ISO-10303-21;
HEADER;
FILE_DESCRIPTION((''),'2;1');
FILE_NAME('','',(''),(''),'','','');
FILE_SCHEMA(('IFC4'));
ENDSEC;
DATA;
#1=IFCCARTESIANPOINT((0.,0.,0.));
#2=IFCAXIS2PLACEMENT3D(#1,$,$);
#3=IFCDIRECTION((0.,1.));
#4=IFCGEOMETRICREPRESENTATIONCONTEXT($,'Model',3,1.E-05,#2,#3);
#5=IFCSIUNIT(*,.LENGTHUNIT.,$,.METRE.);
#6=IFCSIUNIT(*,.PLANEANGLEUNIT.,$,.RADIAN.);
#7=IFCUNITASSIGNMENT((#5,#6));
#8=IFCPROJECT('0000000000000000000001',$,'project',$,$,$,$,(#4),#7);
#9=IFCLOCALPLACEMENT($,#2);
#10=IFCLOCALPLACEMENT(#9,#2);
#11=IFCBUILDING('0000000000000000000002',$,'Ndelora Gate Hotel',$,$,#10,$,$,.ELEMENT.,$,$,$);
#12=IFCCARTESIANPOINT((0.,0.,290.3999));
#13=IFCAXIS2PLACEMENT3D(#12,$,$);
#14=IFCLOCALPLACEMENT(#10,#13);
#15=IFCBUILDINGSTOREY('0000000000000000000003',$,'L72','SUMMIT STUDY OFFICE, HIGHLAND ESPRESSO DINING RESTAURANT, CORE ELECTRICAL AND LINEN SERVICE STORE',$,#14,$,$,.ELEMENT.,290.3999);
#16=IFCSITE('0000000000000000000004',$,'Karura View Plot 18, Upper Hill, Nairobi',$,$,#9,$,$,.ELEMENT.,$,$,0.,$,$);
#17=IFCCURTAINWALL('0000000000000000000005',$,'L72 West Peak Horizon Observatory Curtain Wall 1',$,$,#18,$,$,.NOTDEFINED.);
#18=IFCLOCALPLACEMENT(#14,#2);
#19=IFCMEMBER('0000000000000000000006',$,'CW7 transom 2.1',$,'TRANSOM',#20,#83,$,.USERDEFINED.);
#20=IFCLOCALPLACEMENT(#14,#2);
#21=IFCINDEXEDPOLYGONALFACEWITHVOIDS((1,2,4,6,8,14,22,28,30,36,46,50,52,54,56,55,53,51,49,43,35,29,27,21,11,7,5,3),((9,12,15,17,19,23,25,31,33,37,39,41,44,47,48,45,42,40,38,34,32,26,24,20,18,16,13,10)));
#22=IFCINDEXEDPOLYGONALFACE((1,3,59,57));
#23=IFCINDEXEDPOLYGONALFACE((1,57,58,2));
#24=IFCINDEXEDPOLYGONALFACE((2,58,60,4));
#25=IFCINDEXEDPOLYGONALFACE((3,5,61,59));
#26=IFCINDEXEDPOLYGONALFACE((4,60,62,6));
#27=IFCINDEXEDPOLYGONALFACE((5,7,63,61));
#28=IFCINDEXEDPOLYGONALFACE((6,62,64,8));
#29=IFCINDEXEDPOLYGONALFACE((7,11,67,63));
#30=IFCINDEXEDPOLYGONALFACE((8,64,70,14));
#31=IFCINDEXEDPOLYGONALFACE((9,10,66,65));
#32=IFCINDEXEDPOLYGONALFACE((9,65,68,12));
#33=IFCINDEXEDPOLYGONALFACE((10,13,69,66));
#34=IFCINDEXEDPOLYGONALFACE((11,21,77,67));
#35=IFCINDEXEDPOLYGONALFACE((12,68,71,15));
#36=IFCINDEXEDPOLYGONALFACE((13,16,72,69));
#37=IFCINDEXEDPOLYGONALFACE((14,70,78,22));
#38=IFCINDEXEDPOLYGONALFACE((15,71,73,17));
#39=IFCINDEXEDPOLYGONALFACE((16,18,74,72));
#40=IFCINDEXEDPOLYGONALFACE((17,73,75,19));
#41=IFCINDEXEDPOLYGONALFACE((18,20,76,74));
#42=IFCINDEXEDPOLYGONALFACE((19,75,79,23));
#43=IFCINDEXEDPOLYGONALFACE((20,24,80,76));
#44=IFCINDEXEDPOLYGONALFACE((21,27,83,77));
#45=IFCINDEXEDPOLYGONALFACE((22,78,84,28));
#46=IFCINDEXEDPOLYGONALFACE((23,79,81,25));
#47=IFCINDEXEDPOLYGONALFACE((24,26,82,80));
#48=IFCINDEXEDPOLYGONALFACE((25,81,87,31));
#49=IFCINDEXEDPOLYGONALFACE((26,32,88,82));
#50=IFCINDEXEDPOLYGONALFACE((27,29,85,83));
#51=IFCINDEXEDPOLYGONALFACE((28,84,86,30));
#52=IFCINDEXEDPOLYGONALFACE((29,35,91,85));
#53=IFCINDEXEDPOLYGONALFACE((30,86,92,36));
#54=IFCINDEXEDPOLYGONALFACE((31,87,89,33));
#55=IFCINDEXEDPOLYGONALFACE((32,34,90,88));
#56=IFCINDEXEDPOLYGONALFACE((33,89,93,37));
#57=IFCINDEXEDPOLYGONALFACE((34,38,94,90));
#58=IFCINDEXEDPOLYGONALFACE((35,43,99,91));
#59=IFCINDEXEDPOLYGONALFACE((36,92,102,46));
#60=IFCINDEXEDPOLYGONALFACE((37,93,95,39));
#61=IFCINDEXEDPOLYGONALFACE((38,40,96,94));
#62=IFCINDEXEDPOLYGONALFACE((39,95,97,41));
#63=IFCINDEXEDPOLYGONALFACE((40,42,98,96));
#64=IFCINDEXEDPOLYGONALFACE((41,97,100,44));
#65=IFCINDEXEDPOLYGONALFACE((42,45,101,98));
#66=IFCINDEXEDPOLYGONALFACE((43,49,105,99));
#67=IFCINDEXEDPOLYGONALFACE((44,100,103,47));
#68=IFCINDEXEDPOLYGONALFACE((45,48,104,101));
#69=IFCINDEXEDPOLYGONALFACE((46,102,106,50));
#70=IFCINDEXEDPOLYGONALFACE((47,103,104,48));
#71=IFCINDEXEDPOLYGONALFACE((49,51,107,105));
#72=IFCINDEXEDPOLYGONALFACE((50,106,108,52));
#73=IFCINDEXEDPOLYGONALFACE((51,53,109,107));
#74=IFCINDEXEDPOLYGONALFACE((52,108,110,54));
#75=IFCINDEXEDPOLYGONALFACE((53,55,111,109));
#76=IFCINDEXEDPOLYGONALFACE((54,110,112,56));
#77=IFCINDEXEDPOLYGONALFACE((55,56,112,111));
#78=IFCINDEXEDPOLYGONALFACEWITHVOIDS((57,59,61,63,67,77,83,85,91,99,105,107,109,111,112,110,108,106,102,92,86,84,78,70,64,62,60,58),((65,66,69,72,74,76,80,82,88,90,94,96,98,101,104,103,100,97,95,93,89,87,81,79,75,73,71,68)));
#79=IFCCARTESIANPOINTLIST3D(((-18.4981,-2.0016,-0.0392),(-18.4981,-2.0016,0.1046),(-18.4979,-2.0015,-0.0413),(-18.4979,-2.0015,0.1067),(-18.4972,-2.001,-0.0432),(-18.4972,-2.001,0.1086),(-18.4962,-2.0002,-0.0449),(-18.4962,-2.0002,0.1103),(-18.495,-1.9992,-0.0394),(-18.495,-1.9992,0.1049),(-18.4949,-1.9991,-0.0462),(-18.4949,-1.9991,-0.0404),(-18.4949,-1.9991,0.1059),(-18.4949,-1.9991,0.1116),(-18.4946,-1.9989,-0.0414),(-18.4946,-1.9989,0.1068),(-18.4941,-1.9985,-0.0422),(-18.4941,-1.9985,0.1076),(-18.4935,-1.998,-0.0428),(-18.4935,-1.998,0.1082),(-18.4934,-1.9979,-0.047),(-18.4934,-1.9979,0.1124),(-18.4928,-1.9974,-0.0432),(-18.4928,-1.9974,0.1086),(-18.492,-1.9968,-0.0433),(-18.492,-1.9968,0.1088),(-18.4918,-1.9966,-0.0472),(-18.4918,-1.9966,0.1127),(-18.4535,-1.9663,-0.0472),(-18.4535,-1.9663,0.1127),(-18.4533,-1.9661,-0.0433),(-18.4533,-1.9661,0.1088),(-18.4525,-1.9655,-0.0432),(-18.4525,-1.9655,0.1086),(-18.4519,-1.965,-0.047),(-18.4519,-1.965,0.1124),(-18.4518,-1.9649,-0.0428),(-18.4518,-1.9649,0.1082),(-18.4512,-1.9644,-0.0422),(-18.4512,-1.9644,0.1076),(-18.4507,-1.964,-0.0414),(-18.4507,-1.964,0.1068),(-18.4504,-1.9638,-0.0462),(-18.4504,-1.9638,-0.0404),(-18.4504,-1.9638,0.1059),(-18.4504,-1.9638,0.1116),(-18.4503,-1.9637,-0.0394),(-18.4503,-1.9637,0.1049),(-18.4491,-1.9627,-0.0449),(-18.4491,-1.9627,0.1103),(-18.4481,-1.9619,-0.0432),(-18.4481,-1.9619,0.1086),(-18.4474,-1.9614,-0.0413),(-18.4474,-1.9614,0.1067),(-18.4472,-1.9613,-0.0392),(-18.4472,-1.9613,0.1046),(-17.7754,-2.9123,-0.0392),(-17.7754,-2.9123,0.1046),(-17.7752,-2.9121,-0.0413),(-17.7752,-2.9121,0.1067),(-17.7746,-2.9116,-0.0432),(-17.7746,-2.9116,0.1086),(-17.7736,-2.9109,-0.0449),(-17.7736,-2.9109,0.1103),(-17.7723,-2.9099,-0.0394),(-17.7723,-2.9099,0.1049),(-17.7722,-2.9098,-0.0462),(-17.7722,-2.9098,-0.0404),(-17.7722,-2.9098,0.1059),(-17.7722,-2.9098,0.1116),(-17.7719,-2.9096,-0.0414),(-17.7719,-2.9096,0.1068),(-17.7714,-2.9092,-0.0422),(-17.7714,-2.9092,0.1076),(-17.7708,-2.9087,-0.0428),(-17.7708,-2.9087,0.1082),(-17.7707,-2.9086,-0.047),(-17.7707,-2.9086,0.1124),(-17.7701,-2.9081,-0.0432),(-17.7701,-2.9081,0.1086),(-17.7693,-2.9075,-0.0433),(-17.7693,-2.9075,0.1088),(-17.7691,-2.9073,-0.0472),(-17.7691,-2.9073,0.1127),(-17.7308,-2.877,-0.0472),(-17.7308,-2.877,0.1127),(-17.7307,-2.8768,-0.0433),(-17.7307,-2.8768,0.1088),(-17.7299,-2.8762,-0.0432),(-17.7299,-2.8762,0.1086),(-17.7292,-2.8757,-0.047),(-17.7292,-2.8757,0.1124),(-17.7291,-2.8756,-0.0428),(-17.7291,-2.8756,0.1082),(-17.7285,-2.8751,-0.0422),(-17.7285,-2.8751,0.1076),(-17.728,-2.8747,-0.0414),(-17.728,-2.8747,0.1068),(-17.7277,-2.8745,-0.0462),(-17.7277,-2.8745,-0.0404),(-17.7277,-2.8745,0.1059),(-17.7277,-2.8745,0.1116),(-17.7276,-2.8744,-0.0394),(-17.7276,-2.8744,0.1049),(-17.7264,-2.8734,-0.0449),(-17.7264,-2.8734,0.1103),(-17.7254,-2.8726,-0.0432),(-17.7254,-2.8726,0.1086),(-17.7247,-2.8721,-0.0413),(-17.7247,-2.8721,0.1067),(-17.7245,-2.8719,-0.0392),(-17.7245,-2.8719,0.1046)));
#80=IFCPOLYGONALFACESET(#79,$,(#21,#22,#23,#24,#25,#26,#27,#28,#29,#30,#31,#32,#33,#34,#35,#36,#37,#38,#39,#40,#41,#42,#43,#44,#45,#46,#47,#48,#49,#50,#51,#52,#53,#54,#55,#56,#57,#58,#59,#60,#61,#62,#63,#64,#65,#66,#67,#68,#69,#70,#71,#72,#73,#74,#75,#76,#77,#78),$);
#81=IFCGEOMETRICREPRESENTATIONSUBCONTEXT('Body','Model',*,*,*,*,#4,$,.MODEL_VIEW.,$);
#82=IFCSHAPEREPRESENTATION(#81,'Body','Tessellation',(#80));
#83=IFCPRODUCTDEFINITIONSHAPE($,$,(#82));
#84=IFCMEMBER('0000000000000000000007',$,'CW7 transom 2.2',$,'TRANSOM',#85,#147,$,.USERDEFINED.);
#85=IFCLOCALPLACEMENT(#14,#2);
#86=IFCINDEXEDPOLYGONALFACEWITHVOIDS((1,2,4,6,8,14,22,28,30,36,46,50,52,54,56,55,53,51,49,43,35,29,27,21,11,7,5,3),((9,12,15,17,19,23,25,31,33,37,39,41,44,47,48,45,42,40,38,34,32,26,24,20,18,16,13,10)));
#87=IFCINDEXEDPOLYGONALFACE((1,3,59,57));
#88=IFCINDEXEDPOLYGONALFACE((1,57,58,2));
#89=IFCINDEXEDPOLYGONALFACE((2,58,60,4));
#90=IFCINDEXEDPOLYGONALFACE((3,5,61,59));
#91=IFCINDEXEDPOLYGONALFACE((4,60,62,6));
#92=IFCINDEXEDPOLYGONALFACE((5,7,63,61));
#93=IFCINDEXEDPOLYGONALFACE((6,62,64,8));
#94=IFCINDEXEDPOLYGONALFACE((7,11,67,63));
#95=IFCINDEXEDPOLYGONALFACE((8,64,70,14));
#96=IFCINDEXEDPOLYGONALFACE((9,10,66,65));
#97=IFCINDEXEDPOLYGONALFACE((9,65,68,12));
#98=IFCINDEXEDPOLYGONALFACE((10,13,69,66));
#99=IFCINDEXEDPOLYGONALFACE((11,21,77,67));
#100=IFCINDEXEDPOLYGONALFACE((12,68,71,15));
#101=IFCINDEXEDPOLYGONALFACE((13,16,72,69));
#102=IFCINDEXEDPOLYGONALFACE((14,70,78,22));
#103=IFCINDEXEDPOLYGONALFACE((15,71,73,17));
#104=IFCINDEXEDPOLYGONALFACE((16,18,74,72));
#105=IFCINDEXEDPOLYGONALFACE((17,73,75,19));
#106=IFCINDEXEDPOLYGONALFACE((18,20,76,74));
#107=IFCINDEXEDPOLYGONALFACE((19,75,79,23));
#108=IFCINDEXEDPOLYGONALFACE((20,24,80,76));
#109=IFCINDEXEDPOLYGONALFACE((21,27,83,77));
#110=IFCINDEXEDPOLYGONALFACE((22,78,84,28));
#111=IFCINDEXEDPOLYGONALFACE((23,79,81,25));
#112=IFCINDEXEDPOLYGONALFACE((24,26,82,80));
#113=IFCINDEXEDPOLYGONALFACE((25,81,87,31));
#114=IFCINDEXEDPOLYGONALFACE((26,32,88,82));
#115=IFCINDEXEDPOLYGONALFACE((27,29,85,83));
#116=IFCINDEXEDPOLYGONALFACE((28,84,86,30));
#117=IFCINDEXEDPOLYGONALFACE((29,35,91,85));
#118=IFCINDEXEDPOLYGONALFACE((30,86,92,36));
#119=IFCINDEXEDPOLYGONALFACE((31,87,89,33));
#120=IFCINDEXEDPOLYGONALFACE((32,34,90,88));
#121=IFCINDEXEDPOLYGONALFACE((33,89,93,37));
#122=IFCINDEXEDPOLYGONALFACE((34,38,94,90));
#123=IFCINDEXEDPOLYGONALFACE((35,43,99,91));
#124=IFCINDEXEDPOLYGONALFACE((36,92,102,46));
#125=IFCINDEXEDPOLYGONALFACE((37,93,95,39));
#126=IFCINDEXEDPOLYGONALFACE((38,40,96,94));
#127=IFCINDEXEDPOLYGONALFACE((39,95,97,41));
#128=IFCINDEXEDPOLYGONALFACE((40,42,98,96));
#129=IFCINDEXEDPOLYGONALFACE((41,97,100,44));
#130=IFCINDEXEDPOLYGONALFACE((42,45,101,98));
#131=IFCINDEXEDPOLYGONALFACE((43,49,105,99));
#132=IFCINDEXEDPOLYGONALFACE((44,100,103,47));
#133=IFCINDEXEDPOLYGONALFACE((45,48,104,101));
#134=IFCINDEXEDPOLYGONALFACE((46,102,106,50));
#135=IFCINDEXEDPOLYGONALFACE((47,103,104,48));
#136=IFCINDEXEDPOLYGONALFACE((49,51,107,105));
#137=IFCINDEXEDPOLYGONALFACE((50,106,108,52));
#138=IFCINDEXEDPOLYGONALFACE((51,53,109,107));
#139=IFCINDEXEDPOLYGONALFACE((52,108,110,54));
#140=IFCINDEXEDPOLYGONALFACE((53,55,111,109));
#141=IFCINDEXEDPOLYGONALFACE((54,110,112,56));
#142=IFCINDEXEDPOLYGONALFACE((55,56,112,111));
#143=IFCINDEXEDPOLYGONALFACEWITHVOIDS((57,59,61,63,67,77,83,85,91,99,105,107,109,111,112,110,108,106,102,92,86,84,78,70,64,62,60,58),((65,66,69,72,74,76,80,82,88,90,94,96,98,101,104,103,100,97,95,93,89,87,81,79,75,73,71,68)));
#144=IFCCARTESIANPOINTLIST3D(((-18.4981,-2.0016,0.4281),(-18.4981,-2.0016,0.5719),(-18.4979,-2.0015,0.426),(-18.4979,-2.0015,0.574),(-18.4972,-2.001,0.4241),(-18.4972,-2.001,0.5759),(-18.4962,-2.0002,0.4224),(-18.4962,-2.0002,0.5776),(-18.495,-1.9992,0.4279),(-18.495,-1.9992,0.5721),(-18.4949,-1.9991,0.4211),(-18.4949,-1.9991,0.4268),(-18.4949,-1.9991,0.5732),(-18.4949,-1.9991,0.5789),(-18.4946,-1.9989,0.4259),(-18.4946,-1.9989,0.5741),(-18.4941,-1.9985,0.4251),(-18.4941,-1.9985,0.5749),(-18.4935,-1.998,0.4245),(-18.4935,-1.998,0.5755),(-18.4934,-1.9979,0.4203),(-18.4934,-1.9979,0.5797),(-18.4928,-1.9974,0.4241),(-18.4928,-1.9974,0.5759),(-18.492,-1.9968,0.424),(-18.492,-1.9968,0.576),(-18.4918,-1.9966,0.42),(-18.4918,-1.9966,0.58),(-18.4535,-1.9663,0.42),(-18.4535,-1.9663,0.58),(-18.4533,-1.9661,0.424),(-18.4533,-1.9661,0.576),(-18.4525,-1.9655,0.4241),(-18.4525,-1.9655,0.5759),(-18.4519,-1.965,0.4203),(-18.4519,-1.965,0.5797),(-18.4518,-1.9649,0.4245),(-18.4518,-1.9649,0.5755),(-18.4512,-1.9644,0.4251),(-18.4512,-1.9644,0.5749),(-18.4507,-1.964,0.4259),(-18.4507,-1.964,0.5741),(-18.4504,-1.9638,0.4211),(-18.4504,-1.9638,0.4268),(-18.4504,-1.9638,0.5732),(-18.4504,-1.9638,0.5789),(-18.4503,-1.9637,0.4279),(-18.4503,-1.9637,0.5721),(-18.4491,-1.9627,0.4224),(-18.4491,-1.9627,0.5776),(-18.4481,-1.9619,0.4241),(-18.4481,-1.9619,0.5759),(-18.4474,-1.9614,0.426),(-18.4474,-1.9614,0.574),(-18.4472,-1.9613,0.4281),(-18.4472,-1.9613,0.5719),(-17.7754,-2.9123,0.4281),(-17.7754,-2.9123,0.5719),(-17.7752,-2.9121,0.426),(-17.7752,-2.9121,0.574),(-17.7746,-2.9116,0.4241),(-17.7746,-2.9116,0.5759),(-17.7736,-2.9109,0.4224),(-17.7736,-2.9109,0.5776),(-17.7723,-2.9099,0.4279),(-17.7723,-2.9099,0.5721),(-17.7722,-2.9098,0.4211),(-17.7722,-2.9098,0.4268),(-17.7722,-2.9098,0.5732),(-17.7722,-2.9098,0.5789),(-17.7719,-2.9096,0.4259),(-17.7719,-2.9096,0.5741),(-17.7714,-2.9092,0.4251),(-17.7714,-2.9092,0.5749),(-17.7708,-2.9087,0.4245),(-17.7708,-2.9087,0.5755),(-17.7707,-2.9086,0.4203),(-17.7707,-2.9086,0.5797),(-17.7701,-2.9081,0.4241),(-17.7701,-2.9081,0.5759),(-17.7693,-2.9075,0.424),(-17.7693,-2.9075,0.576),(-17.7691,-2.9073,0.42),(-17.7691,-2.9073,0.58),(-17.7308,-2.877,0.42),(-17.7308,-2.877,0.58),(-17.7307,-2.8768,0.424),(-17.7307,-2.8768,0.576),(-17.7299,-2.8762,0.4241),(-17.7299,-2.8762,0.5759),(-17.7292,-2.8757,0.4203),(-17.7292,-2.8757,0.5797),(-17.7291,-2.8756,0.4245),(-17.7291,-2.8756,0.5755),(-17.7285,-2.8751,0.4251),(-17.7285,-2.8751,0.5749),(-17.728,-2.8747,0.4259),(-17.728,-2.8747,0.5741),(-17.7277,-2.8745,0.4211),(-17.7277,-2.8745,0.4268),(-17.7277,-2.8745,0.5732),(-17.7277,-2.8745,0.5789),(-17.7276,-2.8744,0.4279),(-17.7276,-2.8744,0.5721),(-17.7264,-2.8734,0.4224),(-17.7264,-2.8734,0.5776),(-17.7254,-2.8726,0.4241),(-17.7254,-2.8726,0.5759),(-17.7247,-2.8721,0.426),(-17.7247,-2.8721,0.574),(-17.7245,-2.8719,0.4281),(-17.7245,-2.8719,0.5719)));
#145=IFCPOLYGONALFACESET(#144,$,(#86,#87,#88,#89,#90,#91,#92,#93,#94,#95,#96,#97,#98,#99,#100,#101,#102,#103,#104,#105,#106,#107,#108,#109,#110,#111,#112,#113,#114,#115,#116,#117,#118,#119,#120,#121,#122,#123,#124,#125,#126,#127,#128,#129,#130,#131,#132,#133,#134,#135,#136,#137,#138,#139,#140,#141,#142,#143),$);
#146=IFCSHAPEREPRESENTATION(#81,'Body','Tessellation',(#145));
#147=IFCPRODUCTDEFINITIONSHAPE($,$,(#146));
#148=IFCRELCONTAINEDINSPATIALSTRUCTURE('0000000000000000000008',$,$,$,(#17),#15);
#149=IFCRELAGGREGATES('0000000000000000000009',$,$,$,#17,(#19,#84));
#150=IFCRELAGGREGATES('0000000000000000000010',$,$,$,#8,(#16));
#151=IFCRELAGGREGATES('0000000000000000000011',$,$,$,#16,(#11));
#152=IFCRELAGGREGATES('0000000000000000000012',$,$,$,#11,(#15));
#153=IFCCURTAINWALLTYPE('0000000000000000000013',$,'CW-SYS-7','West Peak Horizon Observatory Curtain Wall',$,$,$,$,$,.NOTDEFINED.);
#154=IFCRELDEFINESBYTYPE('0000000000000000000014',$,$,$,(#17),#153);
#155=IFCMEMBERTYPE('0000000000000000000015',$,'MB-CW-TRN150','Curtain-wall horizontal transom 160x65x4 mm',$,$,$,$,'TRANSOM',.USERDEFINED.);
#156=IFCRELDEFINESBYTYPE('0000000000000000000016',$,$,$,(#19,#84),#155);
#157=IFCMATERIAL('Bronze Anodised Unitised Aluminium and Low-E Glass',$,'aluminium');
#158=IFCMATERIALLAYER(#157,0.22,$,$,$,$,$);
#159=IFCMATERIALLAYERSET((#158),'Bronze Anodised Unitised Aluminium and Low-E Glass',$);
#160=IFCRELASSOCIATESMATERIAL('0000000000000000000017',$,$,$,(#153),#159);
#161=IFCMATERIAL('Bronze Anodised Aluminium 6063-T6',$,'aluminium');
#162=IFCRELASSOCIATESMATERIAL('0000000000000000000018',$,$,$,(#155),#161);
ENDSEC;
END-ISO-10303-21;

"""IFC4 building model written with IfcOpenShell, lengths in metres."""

from ifc_helpers import new_model, si_unit, direction, frame, origin, origin_2d, place, context, subcontext, project, spatial, hollow_rectangle, extrude, material, layer, layer_set, material_profile, profile_set, type_object, element, aggregate, save


model = new_model("IFC4")

# Units and contexts
model_context = context("Model", 3, precision=1e-05, world=origin(), true_north=direction((0.0, 1.0)))
body_context = subcontext(model_context, "Body", "Model", "MODEL_VIEW")
ifc_project = project(units=[si_unit("LENGTHUNIT", "METRE"), si_unit("PLANEANGLEUNIT", "RADIAN")], contexts=[model_context])

# Site, building, storey
site_placement = place(None, origin())
site = spatial("IfcSite", under=ifc_project, at=site_placement, Name="Karura View Plot 18, Upper Hill, Nairobi", CompositionType="ELEMENT", RefElevation=0.0)
building_placement = place(site_placement, origin())
building = spatial("IfcBuilding", under=site, at=building_placement, Name="Ndelora Gate Hotel", CompositionType="ELEMENT")
storey_placement = place(building_placement, frame((0.0, 0.0, 290.3999)))
storey = spatial("IfcBuildingStorey", under=building, at=storey_placement, Name="L72", Description="SUMMIT STUDY OFFICE, HIGHLAND ESPRESSO DINING RESTAURANT, CORE ELECTRICAL AND LINEN SERVICE STORE", CompositionType="ELEMENT", Elevation=290.3999)

# Curtain wall
ifc_material_1 = material(Name="Bronze Anodised Unitised Aluminium and Low-E Glass", Category="aluminium")
ifc_layer_1 = layer(ifc_material_1, 0.22)
ifc_layer_set_1 = layer_set([ifc_layer_1], Name="Bronze Anodised Unitised Aluminium and Low-E Glass")
curtain_wall_type = type_object("IfcCurtainWallType", Name="CW-SYS-7", Description="West Peak Horizon Observatory Curtain Wall", PredefinedType="NOTDEFINED", material=ifc_layer_set_1)
curtain_wall_1_placement = place(storey_placement, origin())
curtain_wall_1 = element("IfcCurtainWall", 1, at=curtain_wall_1_placement, inside=storey, type_object=curtain_wall_type, Name="L72 West Peak Horizon Observatory Curtain Wall 1", PredefinedType="NOTDEFINED")
ifc_material_2 = material(Name="Bronze Anodised Aluminium 6063-T6", Category="aluminium")

# Members
ifc_material_profile_1 = material_profile(ifc_material_2, hollow_rectangle(XDim=0.0649, YDim=0.1599, WallThickness=0.0039, InnerFilletRadius=0.0039, OuterFilletRadius=0.0081, at=origin_2d()), Name="ALU 160x65x4")
ifc_profile_set_1 = profile_set([ifc_material_profile_1], Name="Bronze Anodised Aluminium 6063-T6")
member_type_1 = type_object("IfcMemberType", Name="MB-CW-TRN150", Description="Curtain-wall horizontal transom 160x65x4 mm", ElementType="TRANSOM", PredefinedType="USERDEFINED", material=ifc_profile_set_1)
member_1_placement = place(storey_placement, frame((-18.4727, -1.9814, 0.0327), z_axis=(0.621617, -0.783321, 0.0), x_axis=(0.783321, 0.621617, 0.0)))
member_1 = element("IfcMember", 2, at=member_1_placement, type_object=member_type_1, Name="CW7 transom 2.1", ObjectType="TRANSOM", PredefinedType="USERDEFINED", context=body_context, shape_type="SweptSolid", body=[
    extrude(hollow_rectangle(XDim=0.0649, YDim=0.1599, WallThickness=0.0039, InnerFilletRadius=0.0039, OuterFilletRadius=0.0081, at=origin_2d()), origin(), (0.0, 0.0, 1.0), 1.1626),
])
member_2_placement = place(storey_placement, frame((-18.4727, -1.9814, 0.5), z_axis=(0.621617, -0.783321, 0.0), x_axis=(0.783321, 0.621617, 0.0)))
member_2 = element("IfcMember", 3, at=member_2_placement, type_object=member_type_1, Name="CW7 transom 2.2", ObjectType="TRANSOM", PredefinedType="USERDEFINED", context=body_context, shape_type="SweptSolid", body=[
    extrude(hollow_rectangle(XDim=0.0649, YDim=0.1599, WallThickness=0.0039, InnerFilletRadius=0.0039, OuterFilletRadius=0.0081, at=origin_2d()), origin(), (0.0, 0.0, 1.0), 1.1626),
])

aggregate(curtain_wall_1, [member_1, member_2])

save(model, "model.ifc")
